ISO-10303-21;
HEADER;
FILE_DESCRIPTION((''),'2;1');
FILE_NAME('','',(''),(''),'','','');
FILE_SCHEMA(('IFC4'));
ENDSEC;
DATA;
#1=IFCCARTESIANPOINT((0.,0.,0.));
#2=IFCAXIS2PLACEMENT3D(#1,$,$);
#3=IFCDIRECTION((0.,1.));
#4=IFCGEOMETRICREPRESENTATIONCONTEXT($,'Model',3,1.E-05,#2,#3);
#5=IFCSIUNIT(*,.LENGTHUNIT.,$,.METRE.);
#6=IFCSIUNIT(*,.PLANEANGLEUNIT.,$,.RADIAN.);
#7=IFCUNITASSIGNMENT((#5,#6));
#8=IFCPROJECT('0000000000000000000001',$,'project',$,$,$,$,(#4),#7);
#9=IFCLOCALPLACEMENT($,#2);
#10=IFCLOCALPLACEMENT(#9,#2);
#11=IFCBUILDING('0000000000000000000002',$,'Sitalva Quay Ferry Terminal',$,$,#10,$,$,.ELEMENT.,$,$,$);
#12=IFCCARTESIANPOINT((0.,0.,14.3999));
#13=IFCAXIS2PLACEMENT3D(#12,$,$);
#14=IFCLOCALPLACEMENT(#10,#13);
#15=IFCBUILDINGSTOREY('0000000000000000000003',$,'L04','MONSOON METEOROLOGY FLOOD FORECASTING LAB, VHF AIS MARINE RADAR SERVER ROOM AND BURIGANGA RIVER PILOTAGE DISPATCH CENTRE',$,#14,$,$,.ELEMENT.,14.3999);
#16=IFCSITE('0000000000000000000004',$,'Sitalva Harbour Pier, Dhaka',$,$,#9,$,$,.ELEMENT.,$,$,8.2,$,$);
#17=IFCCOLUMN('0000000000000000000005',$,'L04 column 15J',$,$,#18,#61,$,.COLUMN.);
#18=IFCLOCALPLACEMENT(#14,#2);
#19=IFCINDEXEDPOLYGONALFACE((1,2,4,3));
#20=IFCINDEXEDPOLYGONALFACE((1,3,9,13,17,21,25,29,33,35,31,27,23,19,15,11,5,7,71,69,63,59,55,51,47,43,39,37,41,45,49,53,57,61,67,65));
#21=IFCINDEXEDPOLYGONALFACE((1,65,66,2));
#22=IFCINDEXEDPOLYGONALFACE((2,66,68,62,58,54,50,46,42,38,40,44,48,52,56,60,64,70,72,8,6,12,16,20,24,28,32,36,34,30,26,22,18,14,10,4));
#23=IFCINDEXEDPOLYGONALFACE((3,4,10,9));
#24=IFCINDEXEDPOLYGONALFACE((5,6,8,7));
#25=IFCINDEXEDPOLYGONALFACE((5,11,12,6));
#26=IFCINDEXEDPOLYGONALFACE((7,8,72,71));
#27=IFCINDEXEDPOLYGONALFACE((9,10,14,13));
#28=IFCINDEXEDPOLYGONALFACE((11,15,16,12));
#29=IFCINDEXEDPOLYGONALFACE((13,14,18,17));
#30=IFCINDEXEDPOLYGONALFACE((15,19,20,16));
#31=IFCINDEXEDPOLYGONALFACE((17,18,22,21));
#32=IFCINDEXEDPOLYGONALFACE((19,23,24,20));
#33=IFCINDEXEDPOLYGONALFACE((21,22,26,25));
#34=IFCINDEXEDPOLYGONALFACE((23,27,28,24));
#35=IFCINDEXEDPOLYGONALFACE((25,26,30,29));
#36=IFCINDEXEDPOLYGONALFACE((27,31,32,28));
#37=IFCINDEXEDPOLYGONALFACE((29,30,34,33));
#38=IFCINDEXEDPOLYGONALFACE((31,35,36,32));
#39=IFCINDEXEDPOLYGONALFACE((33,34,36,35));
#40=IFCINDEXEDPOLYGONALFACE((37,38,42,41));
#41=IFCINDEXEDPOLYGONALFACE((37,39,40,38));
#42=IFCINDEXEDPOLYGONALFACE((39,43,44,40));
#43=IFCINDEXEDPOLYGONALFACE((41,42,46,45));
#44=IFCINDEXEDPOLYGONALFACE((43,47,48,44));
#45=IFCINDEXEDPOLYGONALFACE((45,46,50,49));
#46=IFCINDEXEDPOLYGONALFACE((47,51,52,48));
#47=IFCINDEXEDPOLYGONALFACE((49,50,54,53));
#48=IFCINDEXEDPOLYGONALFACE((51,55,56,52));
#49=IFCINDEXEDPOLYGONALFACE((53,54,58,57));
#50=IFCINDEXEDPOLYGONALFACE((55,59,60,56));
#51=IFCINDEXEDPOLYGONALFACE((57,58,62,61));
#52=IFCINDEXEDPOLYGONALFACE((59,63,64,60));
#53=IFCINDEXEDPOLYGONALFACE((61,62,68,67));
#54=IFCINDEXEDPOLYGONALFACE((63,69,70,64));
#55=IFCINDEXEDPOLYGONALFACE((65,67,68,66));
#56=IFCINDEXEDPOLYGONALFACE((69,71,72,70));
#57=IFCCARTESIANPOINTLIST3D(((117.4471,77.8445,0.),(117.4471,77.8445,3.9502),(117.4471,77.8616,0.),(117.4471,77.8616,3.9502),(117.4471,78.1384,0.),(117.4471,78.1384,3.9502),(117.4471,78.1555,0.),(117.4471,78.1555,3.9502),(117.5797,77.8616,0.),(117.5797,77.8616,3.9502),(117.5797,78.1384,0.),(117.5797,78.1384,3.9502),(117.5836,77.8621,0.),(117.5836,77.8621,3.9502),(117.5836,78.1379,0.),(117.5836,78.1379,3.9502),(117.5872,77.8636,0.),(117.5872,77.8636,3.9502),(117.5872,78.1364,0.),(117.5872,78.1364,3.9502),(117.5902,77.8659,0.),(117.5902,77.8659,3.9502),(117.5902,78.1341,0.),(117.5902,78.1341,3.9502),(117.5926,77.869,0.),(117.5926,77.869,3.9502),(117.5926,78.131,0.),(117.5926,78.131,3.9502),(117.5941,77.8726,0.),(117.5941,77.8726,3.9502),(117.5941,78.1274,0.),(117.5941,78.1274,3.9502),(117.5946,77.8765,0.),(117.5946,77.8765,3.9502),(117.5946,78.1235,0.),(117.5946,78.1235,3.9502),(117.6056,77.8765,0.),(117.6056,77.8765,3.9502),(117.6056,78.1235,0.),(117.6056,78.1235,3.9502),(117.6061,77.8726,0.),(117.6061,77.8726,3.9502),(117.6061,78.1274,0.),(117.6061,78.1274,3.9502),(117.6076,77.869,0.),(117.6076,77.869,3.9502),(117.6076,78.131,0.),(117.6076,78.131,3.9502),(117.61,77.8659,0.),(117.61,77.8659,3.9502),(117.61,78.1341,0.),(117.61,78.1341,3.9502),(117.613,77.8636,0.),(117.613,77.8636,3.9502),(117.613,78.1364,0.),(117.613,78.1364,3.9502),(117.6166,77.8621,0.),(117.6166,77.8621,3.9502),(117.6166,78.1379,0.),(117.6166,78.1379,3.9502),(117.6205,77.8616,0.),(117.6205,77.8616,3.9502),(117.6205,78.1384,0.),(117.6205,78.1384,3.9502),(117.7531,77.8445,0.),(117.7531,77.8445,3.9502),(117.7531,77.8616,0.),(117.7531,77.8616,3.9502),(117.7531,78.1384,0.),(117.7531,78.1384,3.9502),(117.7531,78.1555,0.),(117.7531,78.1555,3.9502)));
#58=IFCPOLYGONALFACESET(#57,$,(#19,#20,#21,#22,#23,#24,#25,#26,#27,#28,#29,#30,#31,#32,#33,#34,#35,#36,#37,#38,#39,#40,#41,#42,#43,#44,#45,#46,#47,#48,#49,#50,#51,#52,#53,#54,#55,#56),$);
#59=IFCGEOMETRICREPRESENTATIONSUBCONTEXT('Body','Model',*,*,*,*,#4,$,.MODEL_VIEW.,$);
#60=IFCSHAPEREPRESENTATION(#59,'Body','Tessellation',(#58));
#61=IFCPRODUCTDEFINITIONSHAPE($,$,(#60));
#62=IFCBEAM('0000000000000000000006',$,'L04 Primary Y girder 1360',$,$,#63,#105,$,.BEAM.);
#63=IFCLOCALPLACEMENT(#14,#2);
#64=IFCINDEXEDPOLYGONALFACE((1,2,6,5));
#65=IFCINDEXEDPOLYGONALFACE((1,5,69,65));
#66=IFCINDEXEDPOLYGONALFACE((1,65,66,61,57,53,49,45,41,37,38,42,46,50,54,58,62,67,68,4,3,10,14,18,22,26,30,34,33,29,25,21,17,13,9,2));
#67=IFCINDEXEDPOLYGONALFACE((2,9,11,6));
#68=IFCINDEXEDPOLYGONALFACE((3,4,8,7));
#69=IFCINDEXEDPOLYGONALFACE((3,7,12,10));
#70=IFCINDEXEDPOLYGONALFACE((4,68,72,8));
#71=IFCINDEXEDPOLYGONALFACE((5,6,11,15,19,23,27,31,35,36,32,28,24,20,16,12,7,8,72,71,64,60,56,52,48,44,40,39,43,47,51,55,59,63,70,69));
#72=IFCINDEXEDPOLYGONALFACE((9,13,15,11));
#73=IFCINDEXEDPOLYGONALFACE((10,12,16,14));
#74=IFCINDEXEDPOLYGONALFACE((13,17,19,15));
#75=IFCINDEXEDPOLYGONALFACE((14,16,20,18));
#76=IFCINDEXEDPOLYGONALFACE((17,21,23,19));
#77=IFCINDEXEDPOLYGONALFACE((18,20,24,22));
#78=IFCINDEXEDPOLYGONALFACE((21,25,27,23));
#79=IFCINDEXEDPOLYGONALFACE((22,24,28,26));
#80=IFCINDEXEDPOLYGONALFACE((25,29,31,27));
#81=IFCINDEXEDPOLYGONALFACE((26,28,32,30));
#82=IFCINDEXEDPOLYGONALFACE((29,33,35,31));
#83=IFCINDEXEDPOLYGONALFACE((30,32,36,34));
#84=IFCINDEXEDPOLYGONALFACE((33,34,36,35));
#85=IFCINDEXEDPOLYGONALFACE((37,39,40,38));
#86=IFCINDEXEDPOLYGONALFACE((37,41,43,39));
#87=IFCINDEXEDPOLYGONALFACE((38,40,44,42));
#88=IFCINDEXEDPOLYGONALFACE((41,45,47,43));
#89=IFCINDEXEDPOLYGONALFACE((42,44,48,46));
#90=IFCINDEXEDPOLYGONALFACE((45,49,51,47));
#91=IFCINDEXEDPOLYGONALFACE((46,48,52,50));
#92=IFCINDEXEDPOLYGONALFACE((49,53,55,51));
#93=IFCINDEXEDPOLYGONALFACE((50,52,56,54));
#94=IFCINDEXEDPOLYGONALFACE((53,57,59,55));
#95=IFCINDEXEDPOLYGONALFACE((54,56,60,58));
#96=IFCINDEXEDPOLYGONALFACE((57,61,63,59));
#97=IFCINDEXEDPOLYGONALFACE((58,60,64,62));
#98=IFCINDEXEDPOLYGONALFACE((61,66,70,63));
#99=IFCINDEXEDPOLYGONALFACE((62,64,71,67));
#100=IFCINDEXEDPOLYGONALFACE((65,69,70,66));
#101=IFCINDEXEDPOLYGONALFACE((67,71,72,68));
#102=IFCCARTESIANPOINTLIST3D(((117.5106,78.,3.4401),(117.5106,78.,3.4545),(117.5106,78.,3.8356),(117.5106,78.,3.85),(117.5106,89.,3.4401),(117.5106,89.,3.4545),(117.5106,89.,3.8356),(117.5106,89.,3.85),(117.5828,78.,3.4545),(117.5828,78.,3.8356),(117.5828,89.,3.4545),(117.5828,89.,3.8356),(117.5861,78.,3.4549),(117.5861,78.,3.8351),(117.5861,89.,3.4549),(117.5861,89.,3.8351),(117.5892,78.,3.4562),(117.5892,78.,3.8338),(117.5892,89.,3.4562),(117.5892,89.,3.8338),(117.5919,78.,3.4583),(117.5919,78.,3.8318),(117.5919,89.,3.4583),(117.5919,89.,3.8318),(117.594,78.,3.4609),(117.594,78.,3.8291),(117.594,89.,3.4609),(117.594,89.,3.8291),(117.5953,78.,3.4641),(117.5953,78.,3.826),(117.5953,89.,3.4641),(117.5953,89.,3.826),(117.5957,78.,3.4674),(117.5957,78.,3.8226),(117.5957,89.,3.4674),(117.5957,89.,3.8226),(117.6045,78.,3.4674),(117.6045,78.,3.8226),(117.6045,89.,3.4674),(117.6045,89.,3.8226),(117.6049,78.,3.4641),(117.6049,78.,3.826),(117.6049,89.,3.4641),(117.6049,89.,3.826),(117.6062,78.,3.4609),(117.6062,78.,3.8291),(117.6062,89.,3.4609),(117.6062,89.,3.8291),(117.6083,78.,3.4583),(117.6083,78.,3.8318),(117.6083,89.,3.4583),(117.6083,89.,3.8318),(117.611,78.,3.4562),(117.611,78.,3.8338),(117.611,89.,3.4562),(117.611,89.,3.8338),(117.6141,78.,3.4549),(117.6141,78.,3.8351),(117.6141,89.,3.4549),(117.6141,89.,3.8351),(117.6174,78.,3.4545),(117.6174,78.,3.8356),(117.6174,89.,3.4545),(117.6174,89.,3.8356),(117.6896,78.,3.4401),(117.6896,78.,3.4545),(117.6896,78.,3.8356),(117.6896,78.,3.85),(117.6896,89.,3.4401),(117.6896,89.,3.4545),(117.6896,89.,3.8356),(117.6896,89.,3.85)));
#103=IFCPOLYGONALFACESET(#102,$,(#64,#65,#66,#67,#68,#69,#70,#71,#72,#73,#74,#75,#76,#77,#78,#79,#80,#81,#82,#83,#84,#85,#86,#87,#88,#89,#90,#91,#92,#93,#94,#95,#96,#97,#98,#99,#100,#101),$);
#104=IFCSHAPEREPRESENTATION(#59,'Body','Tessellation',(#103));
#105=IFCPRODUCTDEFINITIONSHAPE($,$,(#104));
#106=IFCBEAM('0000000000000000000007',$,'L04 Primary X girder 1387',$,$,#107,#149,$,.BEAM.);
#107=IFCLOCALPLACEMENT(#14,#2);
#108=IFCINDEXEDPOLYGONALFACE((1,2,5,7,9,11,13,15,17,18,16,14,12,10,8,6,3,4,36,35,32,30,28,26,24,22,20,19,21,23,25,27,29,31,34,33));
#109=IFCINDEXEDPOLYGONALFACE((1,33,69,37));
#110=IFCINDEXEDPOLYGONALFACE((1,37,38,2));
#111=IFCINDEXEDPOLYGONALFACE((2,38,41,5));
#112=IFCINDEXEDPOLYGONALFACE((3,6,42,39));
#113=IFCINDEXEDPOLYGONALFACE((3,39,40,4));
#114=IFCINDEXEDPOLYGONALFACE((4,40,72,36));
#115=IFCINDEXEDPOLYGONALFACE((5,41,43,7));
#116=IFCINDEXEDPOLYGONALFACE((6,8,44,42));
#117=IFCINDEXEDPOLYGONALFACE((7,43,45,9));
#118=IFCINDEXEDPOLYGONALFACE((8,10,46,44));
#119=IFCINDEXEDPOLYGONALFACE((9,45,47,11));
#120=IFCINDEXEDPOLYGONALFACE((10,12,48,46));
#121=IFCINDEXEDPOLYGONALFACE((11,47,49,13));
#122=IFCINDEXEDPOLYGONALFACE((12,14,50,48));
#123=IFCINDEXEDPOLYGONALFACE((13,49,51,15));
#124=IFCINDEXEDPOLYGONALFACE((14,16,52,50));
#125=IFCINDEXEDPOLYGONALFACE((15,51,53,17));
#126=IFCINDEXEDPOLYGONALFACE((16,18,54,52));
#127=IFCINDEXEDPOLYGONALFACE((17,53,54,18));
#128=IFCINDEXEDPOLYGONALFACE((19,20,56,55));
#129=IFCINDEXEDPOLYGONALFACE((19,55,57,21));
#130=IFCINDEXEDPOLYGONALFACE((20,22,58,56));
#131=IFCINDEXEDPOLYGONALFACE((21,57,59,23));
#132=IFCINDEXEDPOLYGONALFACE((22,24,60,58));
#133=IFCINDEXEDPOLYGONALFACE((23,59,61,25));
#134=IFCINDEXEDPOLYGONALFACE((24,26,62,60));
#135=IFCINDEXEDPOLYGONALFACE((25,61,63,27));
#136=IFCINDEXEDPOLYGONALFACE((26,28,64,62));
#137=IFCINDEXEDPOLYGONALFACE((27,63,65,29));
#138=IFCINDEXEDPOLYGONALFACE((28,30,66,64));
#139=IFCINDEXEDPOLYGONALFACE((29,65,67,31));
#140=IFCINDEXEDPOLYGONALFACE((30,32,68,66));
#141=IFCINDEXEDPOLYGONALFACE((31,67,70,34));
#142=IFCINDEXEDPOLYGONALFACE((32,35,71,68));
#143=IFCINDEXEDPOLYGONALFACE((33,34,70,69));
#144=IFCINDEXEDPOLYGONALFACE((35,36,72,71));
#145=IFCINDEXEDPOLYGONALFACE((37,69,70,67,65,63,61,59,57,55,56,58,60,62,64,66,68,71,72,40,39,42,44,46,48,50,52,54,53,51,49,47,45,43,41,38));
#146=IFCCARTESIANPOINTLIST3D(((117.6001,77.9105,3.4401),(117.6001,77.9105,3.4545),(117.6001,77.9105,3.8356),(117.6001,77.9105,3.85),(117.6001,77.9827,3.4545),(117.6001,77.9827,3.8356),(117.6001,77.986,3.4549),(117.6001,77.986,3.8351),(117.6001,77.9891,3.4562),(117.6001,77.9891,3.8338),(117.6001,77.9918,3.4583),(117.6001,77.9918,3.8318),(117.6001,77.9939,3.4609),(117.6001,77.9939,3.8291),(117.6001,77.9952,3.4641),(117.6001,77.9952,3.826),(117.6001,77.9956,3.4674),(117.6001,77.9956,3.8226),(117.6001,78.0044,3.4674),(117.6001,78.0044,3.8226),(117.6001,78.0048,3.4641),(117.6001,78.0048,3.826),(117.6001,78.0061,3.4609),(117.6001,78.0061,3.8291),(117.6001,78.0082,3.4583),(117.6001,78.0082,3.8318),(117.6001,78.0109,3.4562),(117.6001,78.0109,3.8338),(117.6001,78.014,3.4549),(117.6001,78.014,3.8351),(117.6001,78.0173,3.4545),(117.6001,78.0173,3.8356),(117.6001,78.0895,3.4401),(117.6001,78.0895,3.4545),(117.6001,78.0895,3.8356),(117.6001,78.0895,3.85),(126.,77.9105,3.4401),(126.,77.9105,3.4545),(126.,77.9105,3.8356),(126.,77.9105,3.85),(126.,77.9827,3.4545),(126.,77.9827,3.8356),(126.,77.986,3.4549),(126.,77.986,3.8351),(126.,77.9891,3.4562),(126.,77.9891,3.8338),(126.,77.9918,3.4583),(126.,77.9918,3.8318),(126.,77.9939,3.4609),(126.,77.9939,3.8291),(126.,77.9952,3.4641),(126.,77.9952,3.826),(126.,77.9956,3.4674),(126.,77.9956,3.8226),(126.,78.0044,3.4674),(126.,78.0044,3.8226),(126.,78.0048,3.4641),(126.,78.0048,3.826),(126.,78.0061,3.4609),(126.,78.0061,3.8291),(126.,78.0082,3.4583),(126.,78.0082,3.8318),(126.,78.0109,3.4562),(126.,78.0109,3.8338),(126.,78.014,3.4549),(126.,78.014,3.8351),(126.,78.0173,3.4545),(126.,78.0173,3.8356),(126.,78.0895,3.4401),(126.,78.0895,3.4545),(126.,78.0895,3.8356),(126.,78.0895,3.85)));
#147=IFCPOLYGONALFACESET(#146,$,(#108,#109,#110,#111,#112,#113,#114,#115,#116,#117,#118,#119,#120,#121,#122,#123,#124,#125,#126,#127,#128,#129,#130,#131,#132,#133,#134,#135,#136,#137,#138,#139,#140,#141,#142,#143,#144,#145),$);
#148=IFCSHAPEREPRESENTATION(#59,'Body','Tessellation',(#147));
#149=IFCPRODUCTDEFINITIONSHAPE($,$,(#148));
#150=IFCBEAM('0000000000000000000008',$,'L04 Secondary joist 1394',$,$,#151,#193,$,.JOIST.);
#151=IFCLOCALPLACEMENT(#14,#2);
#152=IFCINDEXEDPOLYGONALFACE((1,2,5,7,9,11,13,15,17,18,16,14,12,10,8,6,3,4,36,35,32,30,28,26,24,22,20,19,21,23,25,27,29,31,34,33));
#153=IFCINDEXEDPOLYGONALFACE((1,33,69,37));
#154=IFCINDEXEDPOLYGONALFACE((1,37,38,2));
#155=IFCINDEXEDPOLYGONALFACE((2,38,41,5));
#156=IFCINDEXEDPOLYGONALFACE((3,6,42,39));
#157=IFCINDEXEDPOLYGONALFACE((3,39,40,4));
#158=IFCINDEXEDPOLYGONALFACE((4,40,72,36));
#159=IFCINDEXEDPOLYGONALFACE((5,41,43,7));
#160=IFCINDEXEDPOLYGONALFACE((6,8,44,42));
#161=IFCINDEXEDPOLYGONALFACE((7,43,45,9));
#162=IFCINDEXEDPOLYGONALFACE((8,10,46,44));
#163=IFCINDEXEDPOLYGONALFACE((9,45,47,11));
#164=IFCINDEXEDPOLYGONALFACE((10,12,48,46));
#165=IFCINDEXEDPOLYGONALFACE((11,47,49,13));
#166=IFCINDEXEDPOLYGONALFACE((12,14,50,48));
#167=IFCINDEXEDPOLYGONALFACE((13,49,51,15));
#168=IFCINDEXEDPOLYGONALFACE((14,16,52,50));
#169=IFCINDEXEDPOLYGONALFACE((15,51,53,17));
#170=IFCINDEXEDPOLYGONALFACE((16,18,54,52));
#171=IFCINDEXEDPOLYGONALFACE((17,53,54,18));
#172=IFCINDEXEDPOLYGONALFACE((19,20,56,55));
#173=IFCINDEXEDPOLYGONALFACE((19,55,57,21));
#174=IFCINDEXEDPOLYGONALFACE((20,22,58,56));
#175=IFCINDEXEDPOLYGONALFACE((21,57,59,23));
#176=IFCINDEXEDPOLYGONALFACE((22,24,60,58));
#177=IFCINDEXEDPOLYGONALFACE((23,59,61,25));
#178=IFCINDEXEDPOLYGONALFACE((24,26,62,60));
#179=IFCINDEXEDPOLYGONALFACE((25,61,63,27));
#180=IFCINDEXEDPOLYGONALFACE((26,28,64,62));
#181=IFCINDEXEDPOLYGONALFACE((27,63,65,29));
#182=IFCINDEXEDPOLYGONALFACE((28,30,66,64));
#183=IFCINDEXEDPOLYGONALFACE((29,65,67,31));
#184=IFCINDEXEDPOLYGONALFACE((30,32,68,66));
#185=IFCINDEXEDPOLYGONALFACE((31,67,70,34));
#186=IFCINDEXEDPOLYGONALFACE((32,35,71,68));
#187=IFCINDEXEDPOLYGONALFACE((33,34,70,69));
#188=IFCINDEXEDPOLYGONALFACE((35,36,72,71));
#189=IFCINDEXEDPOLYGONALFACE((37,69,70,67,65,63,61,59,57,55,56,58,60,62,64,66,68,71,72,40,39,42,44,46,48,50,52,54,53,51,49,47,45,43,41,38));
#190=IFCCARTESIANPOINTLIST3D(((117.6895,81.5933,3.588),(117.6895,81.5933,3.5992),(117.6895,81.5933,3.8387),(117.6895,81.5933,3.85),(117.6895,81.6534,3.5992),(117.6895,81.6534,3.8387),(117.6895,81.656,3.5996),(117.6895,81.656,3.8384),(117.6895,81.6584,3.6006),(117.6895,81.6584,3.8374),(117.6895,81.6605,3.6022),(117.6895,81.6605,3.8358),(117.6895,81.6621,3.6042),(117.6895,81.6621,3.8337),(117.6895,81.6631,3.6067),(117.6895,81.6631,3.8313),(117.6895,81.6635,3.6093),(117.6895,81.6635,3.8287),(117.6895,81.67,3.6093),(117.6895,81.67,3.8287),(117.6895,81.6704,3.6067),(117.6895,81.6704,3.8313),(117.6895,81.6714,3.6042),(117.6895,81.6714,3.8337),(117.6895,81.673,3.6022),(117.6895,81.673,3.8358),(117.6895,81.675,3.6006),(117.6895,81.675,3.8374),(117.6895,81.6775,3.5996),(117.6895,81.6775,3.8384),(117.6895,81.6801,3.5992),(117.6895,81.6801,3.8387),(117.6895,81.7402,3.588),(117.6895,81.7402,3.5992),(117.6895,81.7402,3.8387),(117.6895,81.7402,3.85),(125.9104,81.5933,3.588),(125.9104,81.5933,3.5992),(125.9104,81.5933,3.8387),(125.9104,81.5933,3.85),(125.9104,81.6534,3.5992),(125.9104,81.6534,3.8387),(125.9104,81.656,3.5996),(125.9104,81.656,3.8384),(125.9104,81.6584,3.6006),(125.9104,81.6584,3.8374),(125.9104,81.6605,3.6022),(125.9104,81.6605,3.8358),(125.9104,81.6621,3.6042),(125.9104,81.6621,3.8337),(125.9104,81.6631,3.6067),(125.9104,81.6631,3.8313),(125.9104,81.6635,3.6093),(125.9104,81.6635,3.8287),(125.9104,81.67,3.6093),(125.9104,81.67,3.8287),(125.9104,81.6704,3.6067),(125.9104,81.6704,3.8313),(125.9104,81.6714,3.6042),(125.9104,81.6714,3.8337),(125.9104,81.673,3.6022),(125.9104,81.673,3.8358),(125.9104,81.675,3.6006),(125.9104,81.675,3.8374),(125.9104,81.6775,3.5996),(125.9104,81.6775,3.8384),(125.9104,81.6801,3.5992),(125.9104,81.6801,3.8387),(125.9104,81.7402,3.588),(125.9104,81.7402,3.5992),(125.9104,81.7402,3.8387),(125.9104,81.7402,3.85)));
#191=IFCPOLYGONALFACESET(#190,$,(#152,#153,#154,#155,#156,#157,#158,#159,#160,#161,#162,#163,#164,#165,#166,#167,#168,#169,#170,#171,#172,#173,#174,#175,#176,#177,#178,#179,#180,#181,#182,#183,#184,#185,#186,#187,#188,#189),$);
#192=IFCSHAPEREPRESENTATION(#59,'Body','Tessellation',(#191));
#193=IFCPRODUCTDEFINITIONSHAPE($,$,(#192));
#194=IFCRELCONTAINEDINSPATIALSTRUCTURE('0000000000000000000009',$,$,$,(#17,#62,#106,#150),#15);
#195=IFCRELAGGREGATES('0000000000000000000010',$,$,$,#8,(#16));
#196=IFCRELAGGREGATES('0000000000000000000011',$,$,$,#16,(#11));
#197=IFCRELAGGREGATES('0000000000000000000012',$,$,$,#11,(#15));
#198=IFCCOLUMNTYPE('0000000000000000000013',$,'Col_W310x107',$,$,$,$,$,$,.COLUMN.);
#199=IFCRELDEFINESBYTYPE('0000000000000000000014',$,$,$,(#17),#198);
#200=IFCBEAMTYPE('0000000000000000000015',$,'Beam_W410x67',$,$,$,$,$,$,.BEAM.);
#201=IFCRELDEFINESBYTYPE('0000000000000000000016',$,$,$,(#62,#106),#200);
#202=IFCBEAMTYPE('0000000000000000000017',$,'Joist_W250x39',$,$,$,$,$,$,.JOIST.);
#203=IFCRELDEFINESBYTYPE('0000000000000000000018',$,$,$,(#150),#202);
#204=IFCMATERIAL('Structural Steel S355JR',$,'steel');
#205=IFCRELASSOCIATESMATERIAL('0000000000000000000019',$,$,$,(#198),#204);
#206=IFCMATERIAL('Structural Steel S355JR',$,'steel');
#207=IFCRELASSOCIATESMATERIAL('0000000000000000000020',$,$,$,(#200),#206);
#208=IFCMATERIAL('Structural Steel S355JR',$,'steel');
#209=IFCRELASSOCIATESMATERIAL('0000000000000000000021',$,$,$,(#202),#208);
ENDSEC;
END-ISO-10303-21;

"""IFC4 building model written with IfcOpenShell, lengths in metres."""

from ifc_helpers import new_model, si_unit, direction, frame, origin, origin_2d, place, context, subcontext, project, spatial, i_section, extrude, material, material_profile, profile_set, type_object, element, save


model = new_model("IFC4")

# Units and contexts
model_context = context("Model", 3, precision=1e-05, world=origin(), true_north=direction((0.0, 1.0)))
body_context = subcontext(model_context, "Body", "Model", "MODEL_VIEW")
ifc_project = project(units=[si_unit("LENGTHUNIT", "METRE"), si_unit("PLANEANGLEUNIT", "RADIAN")], contexts=[model_context])

# Site, building, storey
site_placement = place(None, origin())
site = spatial("IfcSite", under=ifc_project, at=site_placement, Name="Sitalva Harbour Pier, Dhaka", CompositionType="ELEMENT", RefElevation=8.2)
building_placement = place(site_placement, origin())
building = spatial("IfcBuilding", under=site, at=building_placement, Name="Sitalva Quay Ferry Terminal", CompositionType="ELEMENT")
storey_placement = place(building_placement, frame((0.0, 0.0, 14.3999)))
storey = spatial("IfcBuildingStorey", under=building, at=storey_placement, Name="L04", Description="MONSOON METEOROLOGY FLOOD FORECASTING LAB, VHF AIS MARINE RADAR SERVER ROOM AND BURIGANGA RIVER PILOTAGE DISPATCH CENTRE", CompositionType="ELEMENT", Elevation=14.3999)

# Column
ifc_material_1 = material(Name="Structural Steel S355JR", Category="steel")
ifc_material_profile_1 = material_profile(ifc_material_1, i_section(OverallWidth=0.3059, OverallDepth=0.311, WebThickness=0.011, FlangeThickness=0.0171, FilletRadius=0.0149, at=origin_2d()), Name="W310x107")
ifc_profile_set_1 = profile_set([ifc_material_profile_1], Name="Structural Steel S355JR")
column_type = type_object("IfcColumnType", Name="Col_W310x107", PredefinedType="COLUMN", material=ifc_profile_set_1)
column_placement = place(storey_placement, frame((117.6001, 78.0, 0.0), z_axis=(0.0, 0.0, 1.0), x_axis=(1.0, 0.0, 0.0)))
element("IfcColumn", 1, at=column_placement, inside=storey, type_object=column_type, Name="L04 column 15J", PredefinedType="COLUMN", context=body_context, shape_type="SweptSolid", body=[
    extrude(i_section(OverallWidth=0.3059, OverallDepth=0.311, WebThickness=0.011, FlangeThickness=0.0171, FilletRadius=0.0149, at=origin_2d()), origin(), (0.0, 0.0, 1.0), 3.9502),
])

# Beams
ifc_material_2 = material(Name="Structural Steel S355JR", Category="steel")
ifc_material_profile_2 = material_profile(ifc_material_2, i_section(OverallWidth=0.179, OverallDepth=0.4099, WebThickness=0.0088, FlangeThickness=0.0144, FilletRadius=0.0129, at=origin_2d()), Name="W410x67")
ifc_profile_set_2 = profile_set([ifc_material_profile_2], Name="Structural Steel S355JR")
beam_type_1 = type_object("IfcBeamType", Name="Beam_W410x67", PredefinedType="BEAM", material=ifc_profile_set_2)
beam_1_placement = place(storey_placement, frame((117.6001, 78.0, 3.645), z_axis=(0.0, 1.0, 0.0), x_axis=(-1.0, 0.0, 0.0)))
element("IfcBeam", 2, at=beam_1_placement, inside=storey, type_object=beam_type_1, Name="L04 Primary Y girder 1360", PredefinedType="BEAM", context=body_context, shape_type="SweptSolid", body=[
    extrude(i_section(OverallWidth=0.179, OverallDepth=0.4099, WebThickness=0.0088, FlangeThickness=0.0144, FilletRadius=0.0129, at=origin_2d()), origin(), (0.0, 0.0, 1.0), 11.0),
])
beam_2_placement = place(storey_placement, frame((117.6001, 78.0, 3.645), z_axis=(1.0, 0.0, 0.0), x_axis=(0.0, 1.0, 0.0)))
element("IfcBeam", 3, at=beam_2_placement, inside=storey, type_object=beam_type_1, Name="L04 Primary X girder 1387", PredefinedType="BEAM", context=body_context, shape_type="SweptSolid", body=[
    extrude(i_section(OverallWidth=0.179, OverallDepth=0.4099, WebThickness=0.0088, FlangeThickness=0.0144, FilletRadius=0.0129, at=origin_2d()), origin(), (0.0, 0.0, 1.0), 8.3999),
])
ifc_material_3 = material(Name="Structural Steel S355JR", Category="steel")
ifc_material_profile_3 = material_profile(ifc_material_3, i_section(OverallWidth=0.147, OverallDepth=0.262, WebThickness=0.0066, FlangeThickness=0.0112, FilletRadius=0.01, at=origin_2d()), Name="W250x39")
ifc_profile_set_3 = profile_set([ifc_material_profile_3], Name="Structural Steel S355JR")
beam_type_2 = type_object("IfcBeamType", Name="Joist_W250x39", PredefinedType="JOIST", material=ifc_profile_set_3)
beam_3_placement = place(storey_placement, frame((117.6895, 81.6667, 3.719), z_axis=(1.0, 0.0, 0.0), x_axis=(0.0, 1.0, 0.0)))
element("IfcBeam", 4, at=beam_3_placement, inside=storey, type_object=beam_type_2, Name="L04 Secondary joist 1394", PredefinedType="JOIST", context=body_context, shape_type="SweptSolid", body=[
    extrude(i_section(OverallWidth=0.147, OverallDepth=0.262, WebThickness=0.0066, FlangeThickness=0.0112, FilletRadius=0.01, at=origin_2d()), origin(), (0.0, 0.0, 1.0), 8.2209),
])

save(model, "model.ifc")
